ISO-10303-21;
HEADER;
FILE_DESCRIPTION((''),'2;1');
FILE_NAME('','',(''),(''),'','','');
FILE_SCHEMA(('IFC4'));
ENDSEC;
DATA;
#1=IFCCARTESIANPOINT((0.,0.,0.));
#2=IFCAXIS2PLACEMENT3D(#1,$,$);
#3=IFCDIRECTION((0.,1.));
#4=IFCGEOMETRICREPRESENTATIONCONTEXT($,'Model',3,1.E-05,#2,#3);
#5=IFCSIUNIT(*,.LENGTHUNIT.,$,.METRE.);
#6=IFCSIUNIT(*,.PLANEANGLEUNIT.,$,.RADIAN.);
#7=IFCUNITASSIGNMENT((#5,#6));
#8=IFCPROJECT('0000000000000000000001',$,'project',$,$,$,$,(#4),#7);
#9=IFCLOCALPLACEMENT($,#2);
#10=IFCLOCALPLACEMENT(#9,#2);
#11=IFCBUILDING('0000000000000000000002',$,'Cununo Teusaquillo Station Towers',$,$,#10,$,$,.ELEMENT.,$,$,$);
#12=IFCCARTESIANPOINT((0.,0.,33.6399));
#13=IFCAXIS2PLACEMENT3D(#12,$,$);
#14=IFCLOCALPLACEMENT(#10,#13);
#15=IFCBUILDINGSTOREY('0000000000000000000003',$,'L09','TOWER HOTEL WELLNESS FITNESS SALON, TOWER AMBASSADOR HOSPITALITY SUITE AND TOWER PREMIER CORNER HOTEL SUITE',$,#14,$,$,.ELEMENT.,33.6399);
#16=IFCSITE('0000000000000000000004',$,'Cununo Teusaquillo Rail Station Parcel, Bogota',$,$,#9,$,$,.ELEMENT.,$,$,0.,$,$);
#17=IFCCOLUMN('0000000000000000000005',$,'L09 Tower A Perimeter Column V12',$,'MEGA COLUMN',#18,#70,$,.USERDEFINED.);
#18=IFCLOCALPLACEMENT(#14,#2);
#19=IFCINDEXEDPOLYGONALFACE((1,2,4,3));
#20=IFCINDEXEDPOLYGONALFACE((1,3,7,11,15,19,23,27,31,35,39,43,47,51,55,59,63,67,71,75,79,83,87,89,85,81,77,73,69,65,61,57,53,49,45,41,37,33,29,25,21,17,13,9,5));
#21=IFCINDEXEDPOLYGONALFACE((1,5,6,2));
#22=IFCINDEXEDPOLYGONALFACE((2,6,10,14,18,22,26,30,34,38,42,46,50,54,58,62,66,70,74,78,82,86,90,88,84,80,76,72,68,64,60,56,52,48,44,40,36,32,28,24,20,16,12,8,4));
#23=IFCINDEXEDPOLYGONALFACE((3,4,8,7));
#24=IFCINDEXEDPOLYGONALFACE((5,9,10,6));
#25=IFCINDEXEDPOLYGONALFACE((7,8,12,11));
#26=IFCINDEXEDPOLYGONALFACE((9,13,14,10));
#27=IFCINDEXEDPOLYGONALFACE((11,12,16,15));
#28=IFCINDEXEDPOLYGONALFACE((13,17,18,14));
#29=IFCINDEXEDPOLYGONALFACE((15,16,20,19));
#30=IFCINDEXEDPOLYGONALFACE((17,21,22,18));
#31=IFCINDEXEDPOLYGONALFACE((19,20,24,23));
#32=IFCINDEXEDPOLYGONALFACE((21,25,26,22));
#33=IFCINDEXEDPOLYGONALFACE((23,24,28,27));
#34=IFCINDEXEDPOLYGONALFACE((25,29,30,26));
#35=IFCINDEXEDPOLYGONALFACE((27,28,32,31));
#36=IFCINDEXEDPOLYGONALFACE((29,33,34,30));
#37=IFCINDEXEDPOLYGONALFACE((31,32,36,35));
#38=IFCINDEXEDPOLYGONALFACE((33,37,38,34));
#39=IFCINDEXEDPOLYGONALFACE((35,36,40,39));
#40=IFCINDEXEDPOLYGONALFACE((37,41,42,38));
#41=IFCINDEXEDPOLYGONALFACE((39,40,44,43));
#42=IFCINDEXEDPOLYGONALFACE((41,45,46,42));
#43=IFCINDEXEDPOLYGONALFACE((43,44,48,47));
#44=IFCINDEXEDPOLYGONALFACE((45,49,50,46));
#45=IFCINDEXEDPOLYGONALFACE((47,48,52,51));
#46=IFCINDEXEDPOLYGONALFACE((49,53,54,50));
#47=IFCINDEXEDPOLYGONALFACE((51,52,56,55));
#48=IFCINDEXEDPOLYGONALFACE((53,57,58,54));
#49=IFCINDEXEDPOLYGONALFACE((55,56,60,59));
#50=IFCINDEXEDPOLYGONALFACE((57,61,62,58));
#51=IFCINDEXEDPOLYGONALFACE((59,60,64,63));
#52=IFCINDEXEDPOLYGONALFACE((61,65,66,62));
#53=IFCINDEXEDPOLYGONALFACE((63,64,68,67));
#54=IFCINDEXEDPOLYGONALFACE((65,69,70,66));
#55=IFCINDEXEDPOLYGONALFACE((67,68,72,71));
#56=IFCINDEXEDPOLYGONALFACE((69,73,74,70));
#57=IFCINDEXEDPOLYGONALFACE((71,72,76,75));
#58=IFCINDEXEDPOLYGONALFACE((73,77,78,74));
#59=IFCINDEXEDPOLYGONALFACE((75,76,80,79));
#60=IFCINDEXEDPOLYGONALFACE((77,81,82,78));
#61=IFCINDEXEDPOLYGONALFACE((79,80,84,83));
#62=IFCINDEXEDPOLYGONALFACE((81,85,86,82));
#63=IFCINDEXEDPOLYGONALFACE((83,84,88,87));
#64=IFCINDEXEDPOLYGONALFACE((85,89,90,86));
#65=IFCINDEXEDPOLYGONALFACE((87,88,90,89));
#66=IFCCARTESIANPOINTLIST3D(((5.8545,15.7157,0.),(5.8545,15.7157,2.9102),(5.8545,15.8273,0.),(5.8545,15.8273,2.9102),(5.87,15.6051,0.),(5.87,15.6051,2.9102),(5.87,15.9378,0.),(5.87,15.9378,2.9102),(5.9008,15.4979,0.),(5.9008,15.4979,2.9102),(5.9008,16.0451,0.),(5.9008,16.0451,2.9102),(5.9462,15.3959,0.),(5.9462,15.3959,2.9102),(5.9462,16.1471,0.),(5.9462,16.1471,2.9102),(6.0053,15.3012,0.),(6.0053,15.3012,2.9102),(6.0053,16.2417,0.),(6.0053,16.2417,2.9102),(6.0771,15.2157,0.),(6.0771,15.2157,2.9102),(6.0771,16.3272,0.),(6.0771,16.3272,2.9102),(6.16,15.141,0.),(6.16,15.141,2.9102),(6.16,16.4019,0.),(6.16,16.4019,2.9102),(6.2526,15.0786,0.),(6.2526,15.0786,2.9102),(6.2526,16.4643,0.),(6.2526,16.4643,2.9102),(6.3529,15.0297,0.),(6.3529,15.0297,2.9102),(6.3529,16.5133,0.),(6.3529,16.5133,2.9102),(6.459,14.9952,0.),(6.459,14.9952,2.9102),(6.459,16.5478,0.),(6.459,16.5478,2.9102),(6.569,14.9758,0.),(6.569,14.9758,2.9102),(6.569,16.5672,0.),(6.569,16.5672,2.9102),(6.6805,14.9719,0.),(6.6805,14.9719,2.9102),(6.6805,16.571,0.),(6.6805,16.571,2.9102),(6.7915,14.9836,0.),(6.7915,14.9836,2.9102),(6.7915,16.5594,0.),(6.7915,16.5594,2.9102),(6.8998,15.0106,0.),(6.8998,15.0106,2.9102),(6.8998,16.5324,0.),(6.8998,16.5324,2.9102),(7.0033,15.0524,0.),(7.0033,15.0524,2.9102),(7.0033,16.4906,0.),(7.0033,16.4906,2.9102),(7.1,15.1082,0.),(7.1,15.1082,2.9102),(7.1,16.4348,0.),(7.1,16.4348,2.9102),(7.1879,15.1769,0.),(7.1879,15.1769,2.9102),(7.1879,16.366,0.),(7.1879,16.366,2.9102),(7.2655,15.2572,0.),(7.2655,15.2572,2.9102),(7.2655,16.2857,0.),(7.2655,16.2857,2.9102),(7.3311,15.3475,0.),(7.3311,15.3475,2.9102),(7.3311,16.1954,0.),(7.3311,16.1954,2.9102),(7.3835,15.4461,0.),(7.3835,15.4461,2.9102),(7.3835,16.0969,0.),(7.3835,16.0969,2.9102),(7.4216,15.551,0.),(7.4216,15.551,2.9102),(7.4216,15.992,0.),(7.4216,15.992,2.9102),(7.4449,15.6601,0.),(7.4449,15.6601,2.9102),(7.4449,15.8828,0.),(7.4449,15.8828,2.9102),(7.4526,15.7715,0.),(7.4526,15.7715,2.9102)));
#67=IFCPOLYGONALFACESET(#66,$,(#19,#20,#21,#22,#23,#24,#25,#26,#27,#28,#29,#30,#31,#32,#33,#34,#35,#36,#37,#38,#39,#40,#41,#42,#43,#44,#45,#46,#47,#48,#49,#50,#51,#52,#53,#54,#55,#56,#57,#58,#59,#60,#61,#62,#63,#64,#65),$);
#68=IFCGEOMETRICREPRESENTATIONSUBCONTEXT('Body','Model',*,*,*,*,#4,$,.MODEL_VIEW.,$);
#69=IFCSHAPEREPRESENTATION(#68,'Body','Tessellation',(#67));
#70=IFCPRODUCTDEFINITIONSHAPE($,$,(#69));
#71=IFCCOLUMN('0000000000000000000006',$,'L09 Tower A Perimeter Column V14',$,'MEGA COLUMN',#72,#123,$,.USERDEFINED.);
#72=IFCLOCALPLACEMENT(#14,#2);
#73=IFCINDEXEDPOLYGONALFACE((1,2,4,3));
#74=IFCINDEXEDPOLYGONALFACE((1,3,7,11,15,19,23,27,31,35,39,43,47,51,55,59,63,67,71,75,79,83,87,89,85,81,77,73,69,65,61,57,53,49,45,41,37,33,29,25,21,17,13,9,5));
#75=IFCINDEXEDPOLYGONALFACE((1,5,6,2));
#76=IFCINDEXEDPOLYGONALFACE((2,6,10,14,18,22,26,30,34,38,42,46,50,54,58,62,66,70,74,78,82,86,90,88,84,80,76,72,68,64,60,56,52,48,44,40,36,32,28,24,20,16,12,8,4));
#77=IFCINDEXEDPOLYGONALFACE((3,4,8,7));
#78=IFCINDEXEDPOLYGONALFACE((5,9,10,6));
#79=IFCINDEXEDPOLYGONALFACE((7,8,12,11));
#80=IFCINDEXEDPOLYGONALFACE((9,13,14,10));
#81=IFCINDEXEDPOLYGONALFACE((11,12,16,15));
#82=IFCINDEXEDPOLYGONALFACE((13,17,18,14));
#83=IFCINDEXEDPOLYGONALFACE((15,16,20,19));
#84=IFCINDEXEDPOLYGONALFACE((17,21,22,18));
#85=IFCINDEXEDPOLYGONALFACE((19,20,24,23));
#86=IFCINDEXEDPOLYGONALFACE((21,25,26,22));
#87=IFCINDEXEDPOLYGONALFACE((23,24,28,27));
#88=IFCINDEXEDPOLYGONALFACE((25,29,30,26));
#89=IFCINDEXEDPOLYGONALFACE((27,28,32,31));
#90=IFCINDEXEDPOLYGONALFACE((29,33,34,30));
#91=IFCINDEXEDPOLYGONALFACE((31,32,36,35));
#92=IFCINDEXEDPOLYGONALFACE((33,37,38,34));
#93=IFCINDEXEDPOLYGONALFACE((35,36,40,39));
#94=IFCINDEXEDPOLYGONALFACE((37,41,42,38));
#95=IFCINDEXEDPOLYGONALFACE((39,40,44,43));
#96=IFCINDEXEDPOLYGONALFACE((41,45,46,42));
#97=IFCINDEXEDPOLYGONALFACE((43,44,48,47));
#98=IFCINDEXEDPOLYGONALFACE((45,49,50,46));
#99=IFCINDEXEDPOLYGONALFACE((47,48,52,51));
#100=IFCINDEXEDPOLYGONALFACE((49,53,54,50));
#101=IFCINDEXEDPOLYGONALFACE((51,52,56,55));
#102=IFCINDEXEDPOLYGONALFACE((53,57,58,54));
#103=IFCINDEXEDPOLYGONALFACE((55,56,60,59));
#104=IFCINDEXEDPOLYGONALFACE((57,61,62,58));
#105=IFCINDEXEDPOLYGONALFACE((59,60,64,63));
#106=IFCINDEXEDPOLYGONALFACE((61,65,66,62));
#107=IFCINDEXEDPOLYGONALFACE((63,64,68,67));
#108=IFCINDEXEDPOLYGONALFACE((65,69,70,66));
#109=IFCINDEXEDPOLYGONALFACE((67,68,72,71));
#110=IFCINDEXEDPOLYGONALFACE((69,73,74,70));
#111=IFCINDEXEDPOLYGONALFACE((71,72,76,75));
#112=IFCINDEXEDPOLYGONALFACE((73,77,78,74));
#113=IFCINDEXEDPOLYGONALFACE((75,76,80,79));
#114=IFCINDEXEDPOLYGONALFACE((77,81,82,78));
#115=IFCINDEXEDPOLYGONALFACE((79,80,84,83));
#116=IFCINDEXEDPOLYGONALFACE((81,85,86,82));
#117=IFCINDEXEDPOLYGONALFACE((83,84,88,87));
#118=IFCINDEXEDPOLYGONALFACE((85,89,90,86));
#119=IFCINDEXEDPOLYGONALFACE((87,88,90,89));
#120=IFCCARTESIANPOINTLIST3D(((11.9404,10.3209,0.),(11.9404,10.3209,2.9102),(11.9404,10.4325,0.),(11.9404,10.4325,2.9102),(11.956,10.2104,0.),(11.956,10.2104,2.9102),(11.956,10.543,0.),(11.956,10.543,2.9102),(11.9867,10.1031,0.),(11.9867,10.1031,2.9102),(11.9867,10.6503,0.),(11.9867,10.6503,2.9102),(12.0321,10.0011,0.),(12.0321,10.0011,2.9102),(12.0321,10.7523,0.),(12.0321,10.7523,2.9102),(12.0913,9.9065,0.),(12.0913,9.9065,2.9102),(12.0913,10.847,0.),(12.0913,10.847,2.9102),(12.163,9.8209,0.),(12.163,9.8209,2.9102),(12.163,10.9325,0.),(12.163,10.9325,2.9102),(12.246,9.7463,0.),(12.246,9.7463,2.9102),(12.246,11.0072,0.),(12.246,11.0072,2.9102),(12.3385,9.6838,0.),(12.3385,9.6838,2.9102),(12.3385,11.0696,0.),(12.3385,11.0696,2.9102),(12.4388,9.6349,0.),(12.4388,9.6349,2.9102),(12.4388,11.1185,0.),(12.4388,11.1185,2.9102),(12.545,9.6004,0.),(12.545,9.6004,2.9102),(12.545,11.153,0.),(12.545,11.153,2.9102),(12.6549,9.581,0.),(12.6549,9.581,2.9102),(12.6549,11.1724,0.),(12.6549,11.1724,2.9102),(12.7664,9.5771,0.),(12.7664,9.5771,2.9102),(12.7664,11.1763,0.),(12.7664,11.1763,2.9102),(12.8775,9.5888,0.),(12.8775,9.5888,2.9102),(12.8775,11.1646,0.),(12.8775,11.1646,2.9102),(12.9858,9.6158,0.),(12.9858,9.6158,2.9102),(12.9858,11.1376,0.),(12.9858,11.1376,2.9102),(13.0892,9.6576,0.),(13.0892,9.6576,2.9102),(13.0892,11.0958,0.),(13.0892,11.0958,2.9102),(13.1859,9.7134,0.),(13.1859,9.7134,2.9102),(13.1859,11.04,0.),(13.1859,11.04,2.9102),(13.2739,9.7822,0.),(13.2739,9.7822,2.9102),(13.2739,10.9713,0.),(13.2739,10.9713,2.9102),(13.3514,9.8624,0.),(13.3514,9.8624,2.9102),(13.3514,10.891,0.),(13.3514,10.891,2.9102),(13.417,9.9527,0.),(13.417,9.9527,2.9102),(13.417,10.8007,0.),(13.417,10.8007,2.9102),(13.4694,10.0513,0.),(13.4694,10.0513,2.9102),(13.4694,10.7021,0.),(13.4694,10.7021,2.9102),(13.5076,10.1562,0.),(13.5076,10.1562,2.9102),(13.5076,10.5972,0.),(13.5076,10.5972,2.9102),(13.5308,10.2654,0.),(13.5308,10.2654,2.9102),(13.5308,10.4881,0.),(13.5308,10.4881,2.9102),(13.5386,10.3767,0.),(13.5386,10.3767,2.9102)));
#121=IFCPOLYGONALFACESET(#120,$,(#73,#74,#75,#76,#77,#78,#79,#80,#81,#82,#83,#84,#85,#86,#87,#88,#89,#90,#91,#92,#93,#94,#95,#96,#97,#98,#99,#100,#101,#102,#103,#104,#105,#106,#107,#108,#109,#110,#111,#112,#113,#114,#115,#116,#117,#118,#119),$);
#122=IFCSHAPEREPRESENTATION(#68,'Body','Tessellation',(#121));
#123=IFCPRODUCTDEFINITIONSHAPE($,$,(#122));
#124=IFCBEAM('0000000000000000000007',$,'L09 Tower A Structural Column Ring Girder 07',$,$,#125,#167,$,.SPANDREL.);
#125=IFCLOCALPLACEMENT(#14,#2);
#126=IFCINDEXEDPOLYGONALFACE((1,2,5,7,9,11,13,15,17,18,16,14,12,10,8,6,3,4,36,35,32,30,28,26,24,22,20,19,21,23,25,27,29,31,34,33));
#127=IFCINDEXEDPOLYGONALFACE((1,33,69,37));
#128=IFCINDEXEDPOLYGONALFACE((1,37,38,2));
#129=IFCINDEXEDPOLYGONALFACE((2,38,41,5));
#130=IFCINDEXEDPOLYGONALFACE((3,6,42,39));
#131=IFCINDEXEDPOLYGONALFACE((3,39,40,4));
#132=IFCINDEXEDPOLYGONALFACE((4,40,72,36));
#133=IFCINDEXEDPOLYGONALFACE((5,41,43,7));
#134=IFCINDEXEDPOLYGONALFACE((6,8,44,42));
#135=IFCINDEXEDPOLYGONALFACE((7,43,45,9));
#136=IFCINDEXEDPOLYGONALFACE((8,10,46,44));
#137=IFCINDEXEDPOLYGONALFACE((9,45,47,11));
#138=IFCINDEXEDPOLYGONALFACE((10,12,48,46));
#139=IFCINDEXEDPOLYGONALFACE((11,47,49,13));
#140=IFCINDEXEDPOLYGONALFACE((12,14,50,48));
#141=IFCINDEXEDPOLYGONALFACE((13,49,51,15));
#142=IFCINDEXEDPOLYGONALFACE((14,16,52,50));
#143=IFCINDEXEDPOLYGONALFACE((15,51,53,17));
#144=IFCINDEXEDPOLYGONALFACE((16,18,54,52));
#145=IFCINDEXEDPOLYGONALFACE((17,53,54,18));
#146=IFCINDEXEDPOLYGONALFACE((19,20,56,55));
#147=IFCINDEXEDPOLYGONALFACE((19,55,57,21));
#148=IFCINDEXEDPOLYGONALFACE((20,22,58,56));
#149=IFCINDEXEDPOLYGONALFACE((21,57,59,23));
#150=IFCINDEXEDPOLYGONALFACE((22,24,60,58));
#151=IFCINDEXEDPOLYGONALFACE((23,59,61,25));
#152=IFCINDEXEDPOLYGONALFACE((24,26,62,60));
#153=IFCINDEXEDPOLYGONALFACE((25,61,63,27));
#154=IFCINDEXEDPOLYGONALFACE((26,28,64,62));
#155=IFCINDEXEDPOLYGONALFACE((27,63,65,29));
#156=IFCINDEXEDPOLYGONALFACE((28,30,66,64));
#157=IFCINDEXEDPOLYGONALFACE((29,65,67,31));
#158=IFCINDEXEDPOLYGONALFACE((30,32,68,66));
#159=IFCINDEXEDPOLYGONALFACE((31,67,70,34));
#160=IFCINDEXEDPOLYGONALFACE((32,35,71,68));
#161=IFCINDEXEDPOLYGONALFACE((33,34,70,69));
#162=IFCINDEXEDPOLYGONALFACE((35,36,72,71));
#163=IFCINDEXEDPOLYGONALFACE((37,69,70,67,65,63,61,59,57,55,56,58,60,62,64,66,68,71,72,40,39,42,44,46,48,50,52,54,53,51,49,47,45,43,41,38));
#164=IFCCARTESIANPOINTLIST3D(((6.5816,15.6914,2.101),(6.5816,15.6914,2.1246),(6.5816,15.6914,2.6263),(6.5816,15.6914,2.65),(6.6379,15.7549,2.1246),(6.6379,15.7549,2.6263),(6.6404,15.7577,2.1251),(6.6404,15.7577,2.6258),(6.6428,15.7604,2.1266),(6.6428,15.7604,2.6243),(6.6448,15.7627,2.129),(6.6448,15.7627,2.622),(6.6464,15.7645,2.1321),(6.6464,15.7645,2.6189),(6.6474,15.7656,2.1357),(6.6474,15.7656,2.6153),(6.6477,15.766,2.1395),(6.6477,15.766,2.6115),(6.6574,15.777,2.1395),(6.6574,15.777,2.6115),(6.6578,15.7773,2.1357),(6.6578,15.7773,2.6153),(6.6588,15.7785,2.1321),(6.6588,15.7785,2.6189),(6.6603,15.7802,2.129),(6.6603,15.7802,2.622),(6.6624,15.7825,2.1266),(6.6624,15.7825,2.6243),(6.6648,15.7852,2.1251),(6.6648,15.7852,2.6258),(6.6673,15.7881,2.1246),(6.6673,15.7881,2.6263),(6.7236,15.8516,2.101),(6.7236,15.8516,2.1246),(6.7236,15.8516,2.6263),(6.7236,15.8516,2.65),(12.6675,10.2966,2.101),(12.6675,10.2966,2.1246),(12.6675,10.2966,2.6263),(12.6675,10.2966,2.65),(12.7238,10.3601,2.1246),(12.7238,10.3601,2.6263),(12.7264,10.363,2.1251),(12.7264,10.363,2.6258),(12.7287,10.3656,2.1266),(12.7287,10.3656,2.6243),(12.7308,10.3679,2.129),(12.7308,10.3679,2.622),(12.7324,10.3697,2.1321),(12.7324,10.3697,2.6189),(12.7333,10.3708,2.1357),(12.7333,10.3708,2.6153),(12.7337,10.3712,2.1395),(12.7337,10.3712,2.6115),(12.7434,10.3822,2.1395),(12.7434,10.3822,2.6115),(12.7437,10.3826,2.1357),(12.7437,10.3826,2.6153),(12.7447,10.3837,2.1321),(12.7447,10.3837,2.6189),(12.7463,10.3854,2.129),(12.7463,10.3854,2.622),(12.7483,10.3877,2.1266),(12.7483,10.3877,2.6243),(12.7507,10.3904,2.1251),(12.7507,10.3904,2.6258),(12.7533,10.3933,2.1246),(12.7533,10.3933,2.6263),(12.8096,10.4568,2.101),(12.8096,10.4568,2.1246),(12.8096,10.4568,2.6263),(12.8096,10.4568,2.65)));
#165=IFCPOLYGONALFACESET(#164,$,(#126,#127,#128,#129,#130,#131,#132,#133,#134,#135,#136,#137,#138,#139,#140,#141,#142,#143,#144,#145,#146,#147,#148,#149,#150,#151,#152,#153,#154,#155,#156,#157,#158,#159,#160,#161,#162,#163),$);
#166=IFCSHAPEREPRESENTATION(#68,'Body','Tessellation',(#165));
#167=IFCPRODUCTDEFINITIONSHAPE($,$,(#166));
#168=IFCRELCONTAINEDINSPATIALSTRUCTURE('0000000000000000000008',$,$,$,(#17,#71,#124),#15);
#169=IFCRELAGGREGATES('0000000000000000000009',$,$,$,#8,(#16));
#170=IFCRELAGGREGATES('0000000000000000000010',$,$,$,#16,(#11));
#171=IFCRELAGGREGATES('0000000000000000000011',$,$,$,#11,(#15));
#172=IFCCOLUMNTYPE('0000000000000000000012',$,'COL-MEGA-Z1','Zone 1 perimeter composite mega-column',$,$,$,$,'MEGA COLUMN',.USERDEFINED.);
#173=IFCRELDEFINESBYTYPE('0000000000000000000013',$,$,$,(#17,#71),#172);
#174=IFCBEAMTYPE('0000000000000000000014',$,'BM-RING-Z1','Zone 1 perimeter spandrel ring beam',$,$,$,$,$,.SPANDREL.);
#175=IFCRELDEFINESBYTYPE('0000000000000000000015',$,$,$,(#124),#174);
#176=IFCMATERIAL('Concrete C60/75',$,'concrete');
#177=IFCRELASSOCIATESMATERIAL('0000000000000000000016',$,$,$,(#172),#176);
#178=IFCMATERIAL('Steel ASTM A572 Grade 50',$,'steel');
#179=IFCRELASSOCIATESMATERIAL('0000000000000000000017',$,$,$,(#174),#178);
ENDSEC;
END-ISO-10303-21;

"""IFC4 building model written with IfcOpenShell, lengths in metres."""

from ifc_helpers import new_model, si_unit, direction, frame, origin, origin_2d, place, context, subcontext, project, spatial, circle, i_section, extrude, material, material_profile, profile_set, type_object, element, save


model = new_model("IFC4")

# Units and contexts
model_context = context("Model", 3, precision=1e-05, world=origin(), true_north=direction((0.0, 1.0)))
body_context = subcontext(model_context, "Body", "Model", "MODEL_VIEW")
ifc_project = project(units=[si_unit("LENGTHUNIT", "METRE"), si_unit("PLANEANGLEUNIT", "RADIAN")], contexts=[model_context])

# Site, building, storey
site_placement = place(None, origin())
site = spatial("IfcSite", under=ifc_project, at=site_placement, Name="Cununo Teusaquillo Rail Station Parcel, Bogota", CompositionType="ELEMENT", RefElevation=0.0)
building_placement = place(site_placement, origin())
building = spatial("IfcBuilding", under=site, at=building_placement, Name="Cununo Teusaquillo Station Towers", CompositionType="ELEMENT")
storey_placement = place(building_placement, frame((0.0, 0.0, 33.6399)))
storey = spatial("IfcBuildingStorey", under=building, at=storey_placement, Name="L09", Description="TOWER HOTEL WELLNESS FITNESS SALON, TOWER AMBASSADOR HOSPITALITY SUITE AND TOWER PREMIER CORNER HOTEL SUITE", CompositionType="ELEMENT", Elevation=33.6399)

# Columns
ifc_material_1 = material(Name="Concrete C60/75", Category="concrete")
ifc_material_profile_1 = material_profile(ifc_material_1, circle(Radius=0.8, at=origin_2d()), Name="RC-CIRC-1600")
ifc_profile_set_1 = profile_set([ifc_material_profile_1], Name="Concrete C60/75")
column_type = type_object("IfcColumnType", Name="COL-MEGA-Z1", Description="Zone 1 perimeter composite mega-column", ElementType="MEGA COLUMN", PredefinedType="USERDEFINED", material=ifc_profile_set_1)
for number, where, z_axis, x_axis, name in (
    (1, (6.6526, 15.7715, 0.0), (0.0, 0.0, 1.0), (1.0, 0.0, 0.0), "L09 Tower A Perimeter Column V12"),
    (2, (12.7385, 10.3767, 0.0), (0.0, 0.0, 1.0), (1.0, 0.0, 0.0), "L09 Tower A Perimeter Column V14"),
):
    element("IfcColumn", number, at=place(storey_placement, frame(where, z_axis=z_axis, x_axis=x_axis)), inside=storey, type_object=column_type, Name=name, ObjectType="MEGA COLUMN", PredefinedType="USERDEFINED", context=body_context, shape_type="SweptSolid", body=[
        extrude(circle(Radius=0.8, at=origin_2d()), origin(), (0.0, 0.0, 1.0), 2.9102),
    ])

# Beam
ifc_material_2 = material(Name="Steel ASTM A572 Grade 50", Category="steel")
ifc_material_profile_2 = material_profile(ifc_material_2, i_section(OverallWidth=0.2141, OverallDepth=0.5491, WebThickness=0.0146, FlangeThickness=0.0237, FilletRadius=0.0149, at=origin_2d()), Name="W21X93")
ifc_profile_set_2 = profile_set([ifc_material_profile_2], Name="Steel ASTM A572 Grade 50")
beam_type = type_object("IfcBeamType", Name="BM-RING-Z1", Description="Zone 1 perimeter spandrel ring beam", PredefinedType="SPANDREL", material=ifc_profile_set_2)
beam_1_placement = place(storey_placement, frame((6.6526, 15.7715, 2.3755), z_axis=(0.748321, -0.663337, 0.0), x_axis=(0.663337, 0.748321, 0.0)))
element("IfcBeam", 3, at=beam_1_placement, inside=storey, type_object=beam_type, Name="L09 Tower A Structural Column Ring Girder 07", PredefinedType="SPANDREL", context=body_context, shape_type="SweptSolid", body=[
    extrude(i_section(OverallWidth=0.2141, OverallDepth=0.5491, WebThickness=0.0146, FlangeThickness=0.0237, FilletRadius=0.0149, at=origin_2d()), origin(), (0.0, 0.0, 1.0), 8.1328),
])

save(model, "model.ifc")
